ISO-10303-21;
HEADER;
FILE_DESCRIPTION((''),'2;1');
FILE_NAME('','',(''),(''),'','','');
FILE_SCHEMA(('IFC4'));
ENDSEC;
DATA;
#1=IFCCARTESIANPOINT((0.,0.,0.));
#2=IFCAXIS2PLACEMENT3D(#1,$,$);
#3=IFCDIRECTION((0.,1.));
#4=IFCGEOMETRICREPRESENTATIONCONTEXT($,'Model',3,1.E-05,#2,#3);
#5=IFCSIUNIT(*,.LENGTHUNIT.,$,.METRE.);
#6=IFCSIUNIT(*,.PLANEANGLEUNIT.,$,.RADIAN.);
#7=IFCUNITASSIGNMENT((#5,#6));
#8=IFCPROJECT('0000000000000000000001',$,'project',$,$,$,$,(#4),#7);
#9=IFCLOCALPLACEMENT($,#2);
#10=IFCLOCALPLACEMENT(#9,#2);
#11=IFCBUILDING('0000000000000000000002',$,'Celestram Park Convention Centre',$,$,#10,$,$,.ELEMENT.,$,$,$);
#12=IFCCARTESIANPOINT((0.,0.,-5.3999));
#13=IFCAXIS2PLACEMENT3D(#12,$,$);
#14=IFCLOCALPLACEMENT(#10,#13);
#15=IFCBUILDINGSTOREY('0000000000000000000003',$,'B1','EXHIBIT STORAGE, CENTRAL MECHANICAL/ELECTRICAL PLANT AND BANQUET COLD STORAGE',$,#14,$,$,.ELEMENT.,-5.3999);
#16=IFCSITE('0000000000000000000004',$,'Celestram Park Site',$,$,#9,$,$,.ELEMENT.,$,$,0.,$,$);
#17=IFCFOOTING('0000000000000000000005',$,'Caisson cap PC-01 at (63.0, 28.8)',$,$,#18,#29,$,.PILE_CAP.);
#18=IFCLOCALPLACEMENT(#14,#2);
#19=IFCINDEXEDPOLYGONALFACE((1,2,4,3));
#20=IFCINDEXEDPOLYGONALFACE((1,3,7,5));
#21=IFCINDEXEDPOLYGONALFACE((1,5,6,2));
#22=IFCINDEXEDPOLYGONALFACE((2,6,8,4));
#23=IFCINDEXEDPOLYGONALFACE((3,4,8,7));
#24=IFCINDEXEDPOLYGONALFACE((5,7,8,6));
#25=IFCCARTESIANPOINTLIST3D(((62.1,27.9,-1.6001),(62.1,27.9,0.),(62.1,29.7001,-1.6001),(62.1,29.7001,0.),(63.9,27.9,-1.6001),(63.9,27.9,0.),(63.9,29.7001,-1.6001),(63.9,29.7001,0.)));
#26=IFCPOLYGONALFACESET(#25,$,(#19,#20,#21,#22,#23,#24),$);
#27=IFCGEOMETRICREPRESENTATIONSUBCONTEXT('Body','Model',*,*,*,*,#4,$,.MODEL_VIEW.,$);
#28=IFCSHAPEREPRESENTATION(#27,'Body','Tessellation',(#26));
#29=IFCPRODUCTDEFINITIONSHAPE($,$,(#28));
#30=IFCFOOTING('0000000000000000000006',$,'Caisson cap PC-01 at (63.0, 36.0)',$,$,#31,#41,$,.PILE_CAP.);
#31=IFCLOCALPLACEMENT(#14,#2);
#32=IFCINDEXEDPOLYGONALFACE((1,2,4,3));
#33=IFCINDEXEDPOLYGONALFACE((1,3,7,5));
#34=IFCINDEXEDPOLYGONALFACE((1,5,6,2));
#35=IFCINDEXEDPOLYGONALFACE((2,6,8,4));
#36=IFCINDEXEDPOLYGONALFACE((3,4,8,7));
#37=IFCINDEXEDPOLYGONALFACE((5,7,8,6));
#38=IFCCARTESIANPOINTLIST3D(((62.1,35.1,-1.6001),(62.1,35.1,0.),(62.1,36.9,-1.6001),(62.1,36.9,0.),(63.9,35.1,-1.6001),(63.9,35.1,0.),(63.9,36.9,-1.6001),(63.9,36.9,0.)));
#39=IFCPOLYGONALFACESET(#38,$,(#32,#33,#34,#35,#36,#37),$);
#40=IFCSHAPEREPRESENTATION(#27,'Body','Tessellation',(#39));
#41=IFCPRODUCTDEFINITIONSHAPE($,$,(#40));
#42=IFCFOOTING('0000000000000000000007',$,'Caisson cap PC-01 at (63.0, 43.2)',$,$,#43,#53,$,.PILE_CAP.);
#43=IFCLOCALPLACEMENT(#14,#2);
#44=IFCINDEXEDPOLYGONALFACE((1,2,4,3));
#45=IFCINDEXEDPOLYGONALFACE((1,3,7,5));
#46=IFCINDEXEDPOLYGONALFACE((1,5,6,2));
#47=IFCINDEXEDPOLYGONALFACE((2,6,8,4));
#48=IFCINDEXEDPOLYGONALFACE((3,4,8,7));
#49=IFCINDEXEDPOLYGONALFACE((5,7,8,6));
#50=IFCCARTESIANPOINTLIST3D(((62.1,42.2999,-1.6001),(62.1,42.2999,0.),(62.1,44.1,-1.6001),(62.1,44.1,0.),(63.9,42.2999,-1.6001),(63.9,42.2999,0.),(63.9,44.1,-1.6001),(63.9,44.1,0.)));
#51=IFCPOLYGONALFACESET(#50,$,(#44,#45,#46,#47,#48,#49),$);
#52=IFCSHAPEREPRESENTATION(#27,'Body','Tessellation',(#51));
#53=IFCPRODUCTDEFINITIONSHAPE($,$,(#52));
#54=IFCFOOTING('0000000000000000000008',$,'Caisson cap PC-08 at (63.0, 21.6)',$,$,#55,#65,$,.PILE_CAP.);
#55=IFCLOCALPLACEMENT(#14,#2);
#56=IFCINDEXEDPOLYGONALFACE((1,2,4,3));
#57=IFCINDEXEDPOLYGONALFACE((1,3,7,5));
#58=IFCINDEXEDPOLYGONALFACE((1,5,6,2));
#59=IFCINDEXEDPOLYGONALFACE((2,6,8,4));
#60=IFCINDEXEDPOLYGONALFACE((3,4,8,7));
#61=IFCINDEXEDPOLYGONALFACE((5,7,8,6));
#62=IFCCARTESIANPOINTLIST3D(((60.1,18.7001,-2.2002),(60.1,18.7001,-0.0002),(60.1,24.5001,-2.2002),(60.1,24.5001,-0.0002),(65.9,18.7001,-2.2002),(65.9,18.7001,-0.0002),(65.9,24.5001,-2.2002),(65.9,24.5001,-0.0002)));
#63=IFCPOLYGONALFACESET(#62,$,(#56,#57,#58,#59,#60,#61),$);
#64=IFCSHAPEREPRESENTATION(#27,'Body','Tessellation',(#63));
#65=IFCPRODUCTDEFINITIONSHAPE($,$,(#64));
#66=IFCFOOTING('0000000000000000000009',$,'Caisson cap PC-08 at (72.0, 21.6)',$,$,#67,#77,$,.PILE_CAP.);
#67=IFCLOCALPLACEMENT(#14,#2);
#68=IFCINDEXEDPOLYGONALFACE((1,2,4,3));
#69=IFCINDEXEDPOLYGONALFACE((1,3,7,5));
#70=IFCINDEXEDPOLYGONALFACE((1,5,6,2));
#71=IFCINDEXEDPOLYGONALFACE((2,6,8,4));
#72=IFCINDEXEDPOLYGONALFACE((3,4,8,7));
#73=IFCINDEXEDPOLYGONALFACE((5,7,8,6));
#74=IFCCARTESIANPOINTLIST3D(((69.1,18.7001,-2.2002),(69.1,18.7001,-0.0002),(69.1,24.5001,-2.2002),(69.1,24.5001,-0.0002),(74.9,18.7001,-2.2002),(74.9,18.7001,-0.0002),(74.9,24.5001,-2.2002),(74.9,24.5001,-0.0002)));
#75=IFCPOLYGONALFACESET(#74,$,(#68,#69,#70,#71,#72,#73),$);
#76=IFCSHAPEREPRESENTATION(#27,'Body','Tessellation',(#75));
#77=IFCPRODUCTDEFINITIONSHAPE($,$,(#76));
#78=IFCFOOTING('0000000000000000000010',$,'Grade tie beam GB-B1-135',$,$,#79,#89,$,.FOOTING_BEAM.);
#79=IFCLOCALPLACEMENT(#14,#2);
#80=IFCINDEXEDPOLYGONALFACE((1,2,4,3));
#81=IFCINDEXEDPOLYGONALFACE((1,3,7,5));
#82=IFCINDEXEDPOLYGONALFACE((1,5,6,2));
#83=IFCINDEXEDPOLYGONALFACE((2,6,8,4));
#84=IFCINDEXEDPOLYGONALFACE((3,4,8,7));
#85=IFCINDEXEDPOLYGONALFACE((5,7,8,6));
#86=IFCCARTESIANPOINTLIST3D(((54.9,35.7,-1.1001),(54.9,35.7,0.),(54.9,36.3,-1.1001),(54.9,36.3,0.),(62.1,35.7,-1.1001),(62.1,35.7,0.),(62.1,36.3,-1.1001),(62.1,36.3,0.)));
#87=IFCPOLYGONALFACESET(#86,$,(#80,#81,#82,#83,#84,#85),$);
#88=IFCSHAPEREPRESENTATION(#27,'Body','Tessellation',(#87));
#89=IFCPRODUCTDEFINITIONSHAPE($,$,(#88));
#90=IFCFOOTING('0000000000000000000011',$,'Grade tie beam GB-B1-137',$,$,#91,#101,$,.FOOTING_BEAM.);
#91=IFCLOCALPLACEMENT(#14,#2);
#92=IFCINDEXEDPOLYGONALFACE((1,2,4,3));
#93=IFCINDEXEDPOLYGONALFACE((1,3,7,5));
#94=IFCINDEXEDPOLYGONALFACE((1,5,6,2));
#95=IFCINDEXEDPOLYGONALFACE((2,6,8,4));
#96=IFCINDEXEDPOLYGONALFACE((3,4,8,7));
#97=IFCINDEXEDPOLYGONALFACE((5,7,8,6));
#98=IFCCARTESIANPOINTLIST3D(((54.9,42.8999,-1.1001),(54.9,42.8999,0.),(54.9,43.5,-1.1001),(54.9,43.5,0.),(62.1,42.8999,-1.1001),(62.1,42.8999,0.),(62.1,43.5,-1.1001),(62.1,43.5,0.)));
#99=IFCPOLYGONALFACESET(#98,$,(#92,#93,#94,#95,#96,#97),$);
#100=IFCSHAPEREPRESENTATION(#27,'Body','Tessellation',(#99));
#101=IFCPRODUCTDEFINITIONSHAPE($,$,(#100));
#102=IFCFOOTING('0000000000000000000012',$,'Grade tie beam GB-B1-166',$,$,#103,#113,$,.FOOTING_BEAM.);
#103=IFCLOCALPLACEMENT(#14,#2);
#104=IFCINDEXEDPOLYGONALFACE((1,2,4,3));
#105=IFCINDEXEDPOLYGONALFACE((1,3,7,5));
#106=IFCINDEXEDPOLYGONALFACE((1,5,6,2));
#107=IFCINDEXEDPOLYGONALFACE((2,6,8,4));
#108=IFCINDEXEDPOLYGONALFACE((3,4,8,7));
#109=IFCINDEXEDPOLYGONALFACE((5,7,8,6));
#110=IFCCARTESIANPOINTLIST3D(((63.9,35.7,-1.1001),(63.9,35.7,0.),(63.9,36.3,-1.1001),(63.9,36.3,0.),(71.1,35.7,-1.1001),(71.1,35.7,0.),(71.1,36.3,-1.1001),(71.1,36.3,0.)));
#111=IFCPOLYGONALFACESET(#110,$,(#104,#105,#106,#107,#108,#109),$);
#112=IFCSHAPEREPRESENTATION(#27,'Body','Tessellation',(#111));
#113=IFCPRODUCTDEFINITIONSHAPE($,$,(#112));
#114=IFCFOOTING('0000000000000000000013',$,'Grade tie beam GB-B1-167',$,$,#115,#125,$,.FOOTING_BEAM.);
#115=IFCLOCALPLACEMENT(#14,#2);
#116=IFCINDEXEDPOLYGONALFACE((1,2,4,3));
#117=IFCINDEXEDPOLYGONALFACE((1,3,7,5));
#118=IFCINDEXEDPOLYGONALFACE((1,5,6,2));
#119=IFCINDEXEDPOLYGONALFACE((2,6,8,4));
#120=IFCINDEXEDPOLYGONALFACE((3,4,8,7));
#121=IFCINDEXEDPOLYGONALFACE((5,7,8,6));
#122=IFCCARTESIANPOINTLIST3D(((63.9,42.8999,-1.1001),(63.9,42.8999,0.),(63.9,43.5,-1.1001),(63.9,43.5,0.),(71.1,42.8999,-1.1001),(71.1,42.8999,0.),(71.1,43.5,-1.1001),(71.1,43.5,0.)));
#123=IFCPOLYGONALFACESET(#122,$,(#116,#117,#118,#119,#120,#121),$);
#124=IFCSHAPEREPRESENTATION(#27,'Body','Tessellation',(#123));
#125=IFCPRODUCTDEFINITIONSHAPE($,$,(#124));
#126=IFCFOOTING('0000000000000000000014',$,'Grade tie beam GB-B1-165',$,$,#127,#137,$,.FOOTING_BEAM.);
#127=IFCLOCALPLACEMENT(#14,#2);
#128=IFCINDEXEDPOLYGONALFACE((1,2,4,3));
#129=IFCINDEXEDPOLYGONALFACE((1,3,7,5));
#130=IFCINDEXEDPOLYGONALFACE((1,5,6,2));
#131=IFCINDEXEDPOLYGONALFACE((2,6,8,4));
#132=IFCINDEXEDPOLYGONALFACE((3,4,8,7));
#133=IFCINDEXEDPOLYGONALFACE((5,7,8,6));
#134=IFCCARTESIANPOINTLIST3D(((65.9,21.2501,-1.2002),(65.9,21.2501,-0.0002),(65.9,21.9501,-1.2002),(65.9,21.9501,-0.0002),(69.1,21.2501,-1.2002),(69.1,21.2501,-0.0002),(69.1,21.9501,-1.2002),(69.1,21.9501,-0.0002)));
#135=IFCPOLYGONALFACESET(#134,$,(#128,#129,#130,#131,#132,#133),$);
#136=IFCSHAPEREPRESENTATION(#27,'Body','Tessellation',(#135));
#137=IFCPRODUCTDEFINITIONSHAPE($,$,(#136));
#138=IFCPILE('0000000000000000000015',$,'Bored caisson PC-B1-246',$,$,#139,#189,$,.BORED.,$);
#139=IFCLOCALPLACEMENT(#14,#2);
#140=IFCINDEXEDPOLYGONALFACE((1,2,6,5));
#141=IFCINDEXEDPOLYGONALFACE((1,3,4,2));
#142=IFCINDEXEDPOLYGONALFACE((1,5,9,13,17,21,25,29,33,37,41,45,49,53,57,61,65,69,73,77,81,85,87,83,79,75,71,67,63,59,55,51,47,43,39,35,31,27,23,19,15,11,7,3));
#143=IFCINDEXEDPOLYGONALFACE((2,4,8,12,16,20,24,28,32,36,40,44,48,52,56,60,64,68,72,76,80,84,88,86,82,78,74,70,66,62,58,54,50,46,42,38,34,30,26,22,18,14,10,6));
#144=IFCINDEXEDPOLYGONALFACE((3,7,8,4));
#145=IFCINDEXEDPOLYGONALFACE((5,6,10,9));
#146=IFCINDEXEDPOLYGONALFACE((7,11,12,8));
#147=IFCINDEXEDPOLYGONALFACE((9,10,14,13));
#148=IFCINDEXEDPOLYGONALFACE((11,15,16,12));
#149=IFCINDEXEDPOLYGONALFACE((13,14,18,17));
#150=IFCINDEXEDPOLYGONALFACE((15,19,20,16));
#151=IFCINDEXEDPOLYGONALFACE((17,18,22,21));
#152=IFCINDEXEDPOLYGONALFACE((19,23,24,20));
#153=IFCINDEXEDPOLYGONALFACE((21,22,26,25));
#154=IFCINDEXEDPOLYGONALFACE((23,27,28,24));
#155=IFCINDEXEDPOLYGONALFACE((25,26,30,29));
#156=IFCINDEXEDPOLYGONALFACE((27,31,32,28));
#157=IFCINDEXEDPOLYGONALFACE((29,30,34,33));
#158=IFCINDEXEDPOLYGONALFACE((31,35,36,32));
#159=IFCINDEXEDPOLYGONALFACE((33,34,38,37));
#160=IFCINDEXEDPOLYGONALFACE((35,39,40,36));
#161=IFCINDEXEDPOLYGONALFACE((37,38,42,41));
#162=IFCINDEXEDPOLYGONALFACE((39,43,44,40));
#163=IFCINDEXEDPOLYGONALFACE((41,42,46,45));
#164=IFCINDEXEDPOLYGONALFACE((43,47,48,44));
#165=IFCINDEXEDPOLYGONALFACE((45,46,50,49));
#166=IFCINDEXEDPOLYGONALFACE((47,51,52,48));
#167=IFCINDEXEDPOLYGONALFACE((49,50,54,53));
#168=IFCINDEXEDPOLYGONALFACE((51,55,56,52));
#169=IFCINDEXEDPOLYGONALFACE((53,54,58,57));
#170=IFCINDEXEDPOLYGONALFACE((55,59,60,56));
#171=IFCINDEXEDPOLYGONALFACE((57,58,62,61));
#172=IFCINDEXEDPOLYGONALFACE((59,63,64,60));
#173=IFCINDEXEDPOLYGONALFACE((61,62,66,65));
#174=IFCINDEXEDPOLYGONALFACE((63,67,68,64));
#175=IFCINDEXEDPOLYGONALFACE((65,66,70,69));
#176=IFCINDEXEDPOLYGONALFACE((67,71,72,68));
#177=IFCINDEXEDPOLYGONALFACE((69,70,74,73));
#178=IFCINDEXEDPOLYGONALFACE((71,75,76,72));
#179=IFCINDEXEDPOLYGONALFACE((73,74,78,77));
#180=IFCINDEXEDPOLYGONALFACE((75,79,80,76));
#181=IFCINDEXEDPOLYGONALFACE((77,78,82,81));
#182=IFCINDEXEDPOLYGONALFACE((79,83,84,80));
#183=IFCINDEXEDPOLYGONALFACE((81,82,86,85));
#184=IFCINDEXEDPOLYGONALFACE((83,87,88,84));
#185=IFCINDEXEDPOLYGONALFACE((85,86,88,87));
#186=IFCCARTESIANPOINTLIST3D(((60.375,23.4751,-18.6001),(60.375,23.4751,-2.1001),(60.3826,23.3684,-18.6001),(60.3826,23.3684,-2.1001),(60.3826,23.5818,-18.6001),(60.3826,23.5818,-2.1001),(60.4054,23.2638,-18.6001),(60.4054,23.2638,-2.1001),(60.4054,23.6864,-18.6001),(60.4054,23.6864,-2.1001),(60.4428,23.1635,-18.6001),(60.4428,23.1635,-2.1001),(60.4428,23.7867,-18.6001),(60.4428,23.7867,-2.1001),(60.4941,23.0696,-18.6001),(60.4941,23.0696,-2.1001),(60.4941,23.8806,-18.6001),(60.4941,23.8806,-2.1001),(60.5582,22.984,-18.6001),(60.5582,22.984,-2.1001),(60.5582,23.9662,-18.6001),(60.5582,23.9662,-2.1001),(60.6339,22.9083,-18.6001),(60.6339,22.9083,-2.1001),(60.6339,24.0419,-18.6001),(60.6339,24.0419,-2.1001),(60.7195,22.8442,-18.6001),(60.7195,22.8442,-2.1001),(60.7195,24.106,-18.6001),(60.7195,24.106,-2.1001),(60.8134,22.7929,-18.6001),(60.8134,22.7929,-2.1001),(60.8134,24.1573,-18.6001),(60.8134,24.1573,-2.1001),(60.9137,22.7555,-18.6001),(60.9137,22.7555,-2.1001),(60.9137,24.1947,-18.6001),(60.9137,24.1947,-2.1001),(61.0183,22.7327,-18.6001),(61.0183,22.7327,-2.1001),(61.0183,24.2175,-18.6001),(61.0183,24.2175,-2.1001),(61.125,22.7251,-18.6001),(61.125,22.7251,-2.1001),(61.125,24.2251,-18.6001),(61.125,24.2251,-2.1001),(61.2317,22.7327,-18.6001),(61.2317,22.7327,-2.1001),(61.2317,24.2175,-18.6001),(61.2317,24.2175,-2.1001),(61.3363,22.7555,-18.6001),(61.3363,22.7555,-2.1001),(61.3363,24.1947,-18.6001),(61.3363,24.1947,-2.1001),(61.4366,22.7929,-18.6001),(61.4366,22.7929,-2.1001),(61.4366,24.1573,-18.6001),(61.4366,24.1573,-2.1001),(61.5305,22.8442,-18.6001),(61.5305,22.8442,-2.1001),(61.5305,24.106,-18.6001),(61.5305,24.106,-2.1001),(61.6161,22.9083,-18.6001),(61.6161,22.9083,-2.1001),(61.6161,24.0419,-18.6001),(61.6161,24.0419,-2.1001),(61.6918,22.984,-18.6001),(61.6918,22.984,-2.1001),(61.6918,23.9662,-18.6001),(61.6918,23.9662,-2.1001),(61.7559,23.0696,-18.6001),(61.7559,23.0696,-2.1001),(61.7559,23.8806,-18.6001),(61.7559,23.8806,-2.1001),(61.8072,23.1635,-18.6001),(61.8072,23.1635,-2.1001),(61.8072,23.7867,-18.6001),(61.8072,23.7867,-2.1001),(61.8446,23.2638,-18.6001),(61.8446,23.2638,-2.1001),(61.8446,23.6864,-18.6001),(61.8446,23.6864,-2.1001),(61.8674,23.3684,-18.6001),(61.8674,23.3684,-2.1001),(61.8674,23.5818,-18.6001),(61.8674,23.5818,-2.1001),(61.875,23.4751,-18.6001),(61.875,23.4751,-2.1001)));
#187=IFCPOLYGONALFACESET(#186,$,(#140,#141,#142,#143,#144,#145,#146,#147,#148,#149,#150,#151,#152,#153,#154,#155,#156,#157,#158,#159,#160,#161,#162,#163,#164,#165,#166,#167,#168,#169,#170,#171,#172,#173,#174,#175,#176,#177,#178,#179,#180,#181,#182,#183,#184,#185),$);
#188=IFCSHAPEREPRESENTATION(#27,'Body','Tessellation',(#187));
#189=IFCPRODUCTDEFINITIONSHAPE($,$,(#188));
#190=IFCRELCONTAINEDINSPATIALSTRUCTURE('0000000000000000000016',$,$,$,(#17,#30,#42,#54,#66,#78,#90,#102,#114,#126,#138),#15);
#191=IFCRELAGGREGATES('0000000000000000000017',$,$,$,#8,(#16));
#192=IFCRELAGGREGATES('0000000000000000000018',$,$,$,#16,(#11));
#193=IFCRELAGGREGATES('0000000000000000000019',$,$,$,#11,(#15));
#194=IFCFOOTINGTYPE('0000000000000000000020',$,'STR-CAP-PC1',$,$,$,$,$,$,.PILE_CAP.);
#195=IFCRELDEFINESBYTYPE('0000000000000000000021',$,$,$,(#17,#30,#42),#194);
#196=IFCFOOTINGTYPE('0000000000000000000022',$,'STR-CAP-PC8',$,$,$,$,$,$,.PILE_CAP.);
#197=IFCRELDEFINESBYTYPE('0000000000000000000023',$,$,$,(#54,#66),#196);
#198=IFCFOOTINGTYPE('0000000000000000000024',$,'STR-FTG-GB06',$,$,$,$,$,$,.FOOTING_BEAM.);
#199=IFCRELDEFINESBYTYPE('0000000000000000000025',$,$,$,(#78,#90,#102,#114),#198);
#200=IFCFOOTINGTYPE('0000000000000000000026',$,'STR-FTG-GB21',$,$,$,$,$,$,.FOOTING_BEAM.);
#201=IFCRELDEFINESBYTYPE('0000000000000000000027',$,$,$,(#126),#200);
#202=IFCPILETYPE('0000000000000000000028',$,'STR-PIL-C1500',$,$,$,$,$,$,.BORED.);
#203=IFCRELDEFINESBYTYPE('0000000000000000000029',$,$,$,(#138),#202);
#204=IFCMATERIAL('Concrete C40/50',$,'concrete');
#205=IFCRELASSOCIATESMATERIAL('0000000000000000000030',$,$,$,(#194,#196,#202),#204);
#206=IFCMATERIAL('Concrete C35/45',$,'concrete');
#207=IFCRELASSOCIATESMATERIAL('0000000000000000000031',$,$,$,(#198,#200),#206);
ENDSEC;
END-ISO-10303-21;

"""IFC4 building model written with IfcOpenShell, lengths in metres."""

from ifc_helpers import new_model, si_unit, direction, frame, origin, origin_2d, place, context, subcontext, project, spatial, rectangle, circle, extrude, material, material_profile, profile_set, type_object, element, save


model = new_model("IFC4")

# Units and contexts
model_context = context("Model", 3, precision=1e-05, world=origin(), true_north=direction((0.0, 1.0)))
body_context = subcontext(model_context, "Body", "Model", "MODEL_VIEW")
ifc_project = project(units=[si_unit("LENGTHUNIT", "METRE"), si_unit("PLANEANGLEUNIT", "RADIAN")], contexts=[model_context])

# Site, building, storey
site_placement = place(None, origin())
site = spatial("IfcSite", under=ifc_project, at=site_placement, Name="Celestram Park Site", CompositionType="ELEMENT", RefElevation=0.0)
building_placement = place(site_placement, origin())
building = spatial("IfcBuilding", under=site, at=building_placement, Name="Celestram Park Convention Centre", CompositionType="ELEMENT")
storey_placement = place(building_placement, frame((0.0, 0.0, -5.3999)))
storey = spatial("IfcBuildingStorey", under=building, at=storey_placement, Name="B1", Description="EXHIBIT STORAGE, CENTRAL MECHANICAL/ELECTRICAL PLANT AND BANQUET COLD STORAGE", CompositionType="ELEMENT", Elevation=-5.3999)

# Footings
ifc_material_1 = material(Name="Concrete C40/50", Category="concrete")
footing_type_1 = type_object("IfcFootingType", Name="STR-CAP-PC1", PredefinedType="PILE_CAP", material=ifc_material_1)
for number, where, z_axis, x_axis, name in (
    (1, (63.0, 28.8, -1.6001), (0.0, 0.0, 1.0), (1.0, 0.0, 0.0), "Caisson cap PC-01 at (63.0, 28.8)"),
    (2, (63.0, 36.0, -1.6001), (0.0, 0.0, 1.0), (1.0, 0.0, 0.0), "Caisson cap PC-01 at (63.0, 36.0)"),
    (3, (63.0, 43.2, -1.6001), (0.0, 0.0, 1.0), (1.0, 0.0, 0.0), "Caisson cap PC-01 at (63.0, 43.2)"),
):
    element("IfcFooting", number, at=place(storey_placement, frame(where, z_axis=z_axis, x_axis=x_axis)), inside=storey, type_object=footing_type_1, Name=name, PredefinedType="PILE_CAP", context=body_context, shape_type="SweptSolid", body=[
        extrude(rectangle(XDim=1.8, YDim=1.8, at=origin_2d()), origin(), (0.0, 0.0, 1.0), 1.6001),
    ])
footing_type_2 = type_object("IfcFootingType", Name="STR-CAP-PC8", PredefinedType="PILE_CAP", material=ifc_material_1)
for number, where, z_axis, x_axis, name in (
    (4, (63.0, 21.6001, -2.2002), (0.0, 0.0, 1.0), (1.0, 0.0, 0.0), "Caisson cap PC-08 at (63.0, 21.6)"),
    (5, (72.0, 21.6001, -2.2002), (0.0, 0.0, 1.0), (1.0, 0.0, 0.0), "Caisson cap PC-08 at (72.0, 21.6)"),
):
    element("IfcFooting", number, at=place(storey_placement, frame(where, z_axis=z_axis, x_axis=x_axis)), inside=storey, type_object=footing_type_2, Name=name, PredefinedType="PILE_CAP", context=body_context, shape_type="SweptSolid", body=[
        extrude(rectangle(XDim=5.8, YDim=5.8, at=origin_2d()), origin(), (0.0, 0.0, 1.0), 2.2),
    ])
ifc_material_2 = material(Name="Concrete C35/45", Category="concrete")
footing_type_3 = type_object("IfcFootingType", Name="STR-FTG-GB06", PredefinedType="FOOTING_BEAM", material=ifc_material_2)
for number, where, z_axis, x_axis, name in (
    (6, (58.5, 36.0, -1.1001), (0.0, 0.0, 1.0), (1.0, 0.0, 0.0), "Grade tie beam GB-B1-135"),
    (7, (58.5, 43.2, -1.1001), (0.0, 0.0, 1.0), (1.0, 0.0, 0.0), "Grade tie beam GB-B1-137"),
    (8, (67.5, 36.0, -1.1001), (0.0, 0.0, 1.0), (1.0, 0.0, 0.0), "Grade tie beam GB-B1-166"),
    (9, (67.5, 43.2, -1.1001), (0.0, 0.0, 1.0), (1.0, 0.0, 0.0), "Grade tie beam GB-B1-167"),
):
    element("IfcFooting", number, at=place(storey_placement, frame(where, z_axis=z_axis, x_axis=x_axis)), inside=storey, type_object=footing_type_3, Name=name, PredefinedType="FOOTING_BEAM", context=body_context, shape_type="SweptSolid", body=[
        extrude(rectangle(XDim=7.2, YDim=0.6001, at=origin_2d()), origin(), (0.0, 0.0, 1.0), 1.1001),
    ])
footing_type_4 = type_object("IfcFootingType", Name="STR-FTG-GB21", PredefinedType="FOOTING_BEAM", material=ifc_material_2)
footing_placement = place(storey_placement, frame((67.5, 21.6001, -1.2002), z_axis=(0.0, 0.0, 1.0), x_axis=(1.0, 0.0, 0.0)))
element("IfcFooting", 10, at=footing_placement, inside=storey, type_object=footing_type_4, Name="Grade tie beam GB-B1-165", PredefinedType="FOOTING_BEAM", context=body_context, shape_type="SweptSolid", body=[
    extrude(rectangle(XDim=3.2, YDim=0.7, at=origin_2d()), origin(), (0.0, 0.0, 1.0), 1.2),
])

# Pile
ifc_material_profile_1 = material_profile(ifc_material_1, circle(Radius=0.75, at=origin_2d()), Name="CAISSON1500")
ifc_profile_set_1 = profile_set([ifc_material_profile_1], Name="Concrete C40/50")
pile_type_1 = type_object("IfcPileType", Name="STR-PIL-C1500", PredefinedType="BORED", material=ifc_profile_set_1)
for number, where, z_axis, x_axis, name in (
    (11, (61.125, 23.4751, -2.1001), (0.0, 0.0, -1.0), (1.0, 0.0, 0.0), "Bored caisson PC-B1-246"),
):
    element("IfcPile", number, at=place(storey_placement, frame(where, z_axis=z_axis, x_axis=x_axis)), inside=storey, type_object=pile_type_1, Name=name, PredefinedType="BORED", context=body_context, shape_type="SweptSolid", body=[
        extrude(circle(Radius=0.75, at=origin_2d()), origin(), (0.0, 0.0, 1.0), 16.5),
    ])

save(model, "model.ifc")
